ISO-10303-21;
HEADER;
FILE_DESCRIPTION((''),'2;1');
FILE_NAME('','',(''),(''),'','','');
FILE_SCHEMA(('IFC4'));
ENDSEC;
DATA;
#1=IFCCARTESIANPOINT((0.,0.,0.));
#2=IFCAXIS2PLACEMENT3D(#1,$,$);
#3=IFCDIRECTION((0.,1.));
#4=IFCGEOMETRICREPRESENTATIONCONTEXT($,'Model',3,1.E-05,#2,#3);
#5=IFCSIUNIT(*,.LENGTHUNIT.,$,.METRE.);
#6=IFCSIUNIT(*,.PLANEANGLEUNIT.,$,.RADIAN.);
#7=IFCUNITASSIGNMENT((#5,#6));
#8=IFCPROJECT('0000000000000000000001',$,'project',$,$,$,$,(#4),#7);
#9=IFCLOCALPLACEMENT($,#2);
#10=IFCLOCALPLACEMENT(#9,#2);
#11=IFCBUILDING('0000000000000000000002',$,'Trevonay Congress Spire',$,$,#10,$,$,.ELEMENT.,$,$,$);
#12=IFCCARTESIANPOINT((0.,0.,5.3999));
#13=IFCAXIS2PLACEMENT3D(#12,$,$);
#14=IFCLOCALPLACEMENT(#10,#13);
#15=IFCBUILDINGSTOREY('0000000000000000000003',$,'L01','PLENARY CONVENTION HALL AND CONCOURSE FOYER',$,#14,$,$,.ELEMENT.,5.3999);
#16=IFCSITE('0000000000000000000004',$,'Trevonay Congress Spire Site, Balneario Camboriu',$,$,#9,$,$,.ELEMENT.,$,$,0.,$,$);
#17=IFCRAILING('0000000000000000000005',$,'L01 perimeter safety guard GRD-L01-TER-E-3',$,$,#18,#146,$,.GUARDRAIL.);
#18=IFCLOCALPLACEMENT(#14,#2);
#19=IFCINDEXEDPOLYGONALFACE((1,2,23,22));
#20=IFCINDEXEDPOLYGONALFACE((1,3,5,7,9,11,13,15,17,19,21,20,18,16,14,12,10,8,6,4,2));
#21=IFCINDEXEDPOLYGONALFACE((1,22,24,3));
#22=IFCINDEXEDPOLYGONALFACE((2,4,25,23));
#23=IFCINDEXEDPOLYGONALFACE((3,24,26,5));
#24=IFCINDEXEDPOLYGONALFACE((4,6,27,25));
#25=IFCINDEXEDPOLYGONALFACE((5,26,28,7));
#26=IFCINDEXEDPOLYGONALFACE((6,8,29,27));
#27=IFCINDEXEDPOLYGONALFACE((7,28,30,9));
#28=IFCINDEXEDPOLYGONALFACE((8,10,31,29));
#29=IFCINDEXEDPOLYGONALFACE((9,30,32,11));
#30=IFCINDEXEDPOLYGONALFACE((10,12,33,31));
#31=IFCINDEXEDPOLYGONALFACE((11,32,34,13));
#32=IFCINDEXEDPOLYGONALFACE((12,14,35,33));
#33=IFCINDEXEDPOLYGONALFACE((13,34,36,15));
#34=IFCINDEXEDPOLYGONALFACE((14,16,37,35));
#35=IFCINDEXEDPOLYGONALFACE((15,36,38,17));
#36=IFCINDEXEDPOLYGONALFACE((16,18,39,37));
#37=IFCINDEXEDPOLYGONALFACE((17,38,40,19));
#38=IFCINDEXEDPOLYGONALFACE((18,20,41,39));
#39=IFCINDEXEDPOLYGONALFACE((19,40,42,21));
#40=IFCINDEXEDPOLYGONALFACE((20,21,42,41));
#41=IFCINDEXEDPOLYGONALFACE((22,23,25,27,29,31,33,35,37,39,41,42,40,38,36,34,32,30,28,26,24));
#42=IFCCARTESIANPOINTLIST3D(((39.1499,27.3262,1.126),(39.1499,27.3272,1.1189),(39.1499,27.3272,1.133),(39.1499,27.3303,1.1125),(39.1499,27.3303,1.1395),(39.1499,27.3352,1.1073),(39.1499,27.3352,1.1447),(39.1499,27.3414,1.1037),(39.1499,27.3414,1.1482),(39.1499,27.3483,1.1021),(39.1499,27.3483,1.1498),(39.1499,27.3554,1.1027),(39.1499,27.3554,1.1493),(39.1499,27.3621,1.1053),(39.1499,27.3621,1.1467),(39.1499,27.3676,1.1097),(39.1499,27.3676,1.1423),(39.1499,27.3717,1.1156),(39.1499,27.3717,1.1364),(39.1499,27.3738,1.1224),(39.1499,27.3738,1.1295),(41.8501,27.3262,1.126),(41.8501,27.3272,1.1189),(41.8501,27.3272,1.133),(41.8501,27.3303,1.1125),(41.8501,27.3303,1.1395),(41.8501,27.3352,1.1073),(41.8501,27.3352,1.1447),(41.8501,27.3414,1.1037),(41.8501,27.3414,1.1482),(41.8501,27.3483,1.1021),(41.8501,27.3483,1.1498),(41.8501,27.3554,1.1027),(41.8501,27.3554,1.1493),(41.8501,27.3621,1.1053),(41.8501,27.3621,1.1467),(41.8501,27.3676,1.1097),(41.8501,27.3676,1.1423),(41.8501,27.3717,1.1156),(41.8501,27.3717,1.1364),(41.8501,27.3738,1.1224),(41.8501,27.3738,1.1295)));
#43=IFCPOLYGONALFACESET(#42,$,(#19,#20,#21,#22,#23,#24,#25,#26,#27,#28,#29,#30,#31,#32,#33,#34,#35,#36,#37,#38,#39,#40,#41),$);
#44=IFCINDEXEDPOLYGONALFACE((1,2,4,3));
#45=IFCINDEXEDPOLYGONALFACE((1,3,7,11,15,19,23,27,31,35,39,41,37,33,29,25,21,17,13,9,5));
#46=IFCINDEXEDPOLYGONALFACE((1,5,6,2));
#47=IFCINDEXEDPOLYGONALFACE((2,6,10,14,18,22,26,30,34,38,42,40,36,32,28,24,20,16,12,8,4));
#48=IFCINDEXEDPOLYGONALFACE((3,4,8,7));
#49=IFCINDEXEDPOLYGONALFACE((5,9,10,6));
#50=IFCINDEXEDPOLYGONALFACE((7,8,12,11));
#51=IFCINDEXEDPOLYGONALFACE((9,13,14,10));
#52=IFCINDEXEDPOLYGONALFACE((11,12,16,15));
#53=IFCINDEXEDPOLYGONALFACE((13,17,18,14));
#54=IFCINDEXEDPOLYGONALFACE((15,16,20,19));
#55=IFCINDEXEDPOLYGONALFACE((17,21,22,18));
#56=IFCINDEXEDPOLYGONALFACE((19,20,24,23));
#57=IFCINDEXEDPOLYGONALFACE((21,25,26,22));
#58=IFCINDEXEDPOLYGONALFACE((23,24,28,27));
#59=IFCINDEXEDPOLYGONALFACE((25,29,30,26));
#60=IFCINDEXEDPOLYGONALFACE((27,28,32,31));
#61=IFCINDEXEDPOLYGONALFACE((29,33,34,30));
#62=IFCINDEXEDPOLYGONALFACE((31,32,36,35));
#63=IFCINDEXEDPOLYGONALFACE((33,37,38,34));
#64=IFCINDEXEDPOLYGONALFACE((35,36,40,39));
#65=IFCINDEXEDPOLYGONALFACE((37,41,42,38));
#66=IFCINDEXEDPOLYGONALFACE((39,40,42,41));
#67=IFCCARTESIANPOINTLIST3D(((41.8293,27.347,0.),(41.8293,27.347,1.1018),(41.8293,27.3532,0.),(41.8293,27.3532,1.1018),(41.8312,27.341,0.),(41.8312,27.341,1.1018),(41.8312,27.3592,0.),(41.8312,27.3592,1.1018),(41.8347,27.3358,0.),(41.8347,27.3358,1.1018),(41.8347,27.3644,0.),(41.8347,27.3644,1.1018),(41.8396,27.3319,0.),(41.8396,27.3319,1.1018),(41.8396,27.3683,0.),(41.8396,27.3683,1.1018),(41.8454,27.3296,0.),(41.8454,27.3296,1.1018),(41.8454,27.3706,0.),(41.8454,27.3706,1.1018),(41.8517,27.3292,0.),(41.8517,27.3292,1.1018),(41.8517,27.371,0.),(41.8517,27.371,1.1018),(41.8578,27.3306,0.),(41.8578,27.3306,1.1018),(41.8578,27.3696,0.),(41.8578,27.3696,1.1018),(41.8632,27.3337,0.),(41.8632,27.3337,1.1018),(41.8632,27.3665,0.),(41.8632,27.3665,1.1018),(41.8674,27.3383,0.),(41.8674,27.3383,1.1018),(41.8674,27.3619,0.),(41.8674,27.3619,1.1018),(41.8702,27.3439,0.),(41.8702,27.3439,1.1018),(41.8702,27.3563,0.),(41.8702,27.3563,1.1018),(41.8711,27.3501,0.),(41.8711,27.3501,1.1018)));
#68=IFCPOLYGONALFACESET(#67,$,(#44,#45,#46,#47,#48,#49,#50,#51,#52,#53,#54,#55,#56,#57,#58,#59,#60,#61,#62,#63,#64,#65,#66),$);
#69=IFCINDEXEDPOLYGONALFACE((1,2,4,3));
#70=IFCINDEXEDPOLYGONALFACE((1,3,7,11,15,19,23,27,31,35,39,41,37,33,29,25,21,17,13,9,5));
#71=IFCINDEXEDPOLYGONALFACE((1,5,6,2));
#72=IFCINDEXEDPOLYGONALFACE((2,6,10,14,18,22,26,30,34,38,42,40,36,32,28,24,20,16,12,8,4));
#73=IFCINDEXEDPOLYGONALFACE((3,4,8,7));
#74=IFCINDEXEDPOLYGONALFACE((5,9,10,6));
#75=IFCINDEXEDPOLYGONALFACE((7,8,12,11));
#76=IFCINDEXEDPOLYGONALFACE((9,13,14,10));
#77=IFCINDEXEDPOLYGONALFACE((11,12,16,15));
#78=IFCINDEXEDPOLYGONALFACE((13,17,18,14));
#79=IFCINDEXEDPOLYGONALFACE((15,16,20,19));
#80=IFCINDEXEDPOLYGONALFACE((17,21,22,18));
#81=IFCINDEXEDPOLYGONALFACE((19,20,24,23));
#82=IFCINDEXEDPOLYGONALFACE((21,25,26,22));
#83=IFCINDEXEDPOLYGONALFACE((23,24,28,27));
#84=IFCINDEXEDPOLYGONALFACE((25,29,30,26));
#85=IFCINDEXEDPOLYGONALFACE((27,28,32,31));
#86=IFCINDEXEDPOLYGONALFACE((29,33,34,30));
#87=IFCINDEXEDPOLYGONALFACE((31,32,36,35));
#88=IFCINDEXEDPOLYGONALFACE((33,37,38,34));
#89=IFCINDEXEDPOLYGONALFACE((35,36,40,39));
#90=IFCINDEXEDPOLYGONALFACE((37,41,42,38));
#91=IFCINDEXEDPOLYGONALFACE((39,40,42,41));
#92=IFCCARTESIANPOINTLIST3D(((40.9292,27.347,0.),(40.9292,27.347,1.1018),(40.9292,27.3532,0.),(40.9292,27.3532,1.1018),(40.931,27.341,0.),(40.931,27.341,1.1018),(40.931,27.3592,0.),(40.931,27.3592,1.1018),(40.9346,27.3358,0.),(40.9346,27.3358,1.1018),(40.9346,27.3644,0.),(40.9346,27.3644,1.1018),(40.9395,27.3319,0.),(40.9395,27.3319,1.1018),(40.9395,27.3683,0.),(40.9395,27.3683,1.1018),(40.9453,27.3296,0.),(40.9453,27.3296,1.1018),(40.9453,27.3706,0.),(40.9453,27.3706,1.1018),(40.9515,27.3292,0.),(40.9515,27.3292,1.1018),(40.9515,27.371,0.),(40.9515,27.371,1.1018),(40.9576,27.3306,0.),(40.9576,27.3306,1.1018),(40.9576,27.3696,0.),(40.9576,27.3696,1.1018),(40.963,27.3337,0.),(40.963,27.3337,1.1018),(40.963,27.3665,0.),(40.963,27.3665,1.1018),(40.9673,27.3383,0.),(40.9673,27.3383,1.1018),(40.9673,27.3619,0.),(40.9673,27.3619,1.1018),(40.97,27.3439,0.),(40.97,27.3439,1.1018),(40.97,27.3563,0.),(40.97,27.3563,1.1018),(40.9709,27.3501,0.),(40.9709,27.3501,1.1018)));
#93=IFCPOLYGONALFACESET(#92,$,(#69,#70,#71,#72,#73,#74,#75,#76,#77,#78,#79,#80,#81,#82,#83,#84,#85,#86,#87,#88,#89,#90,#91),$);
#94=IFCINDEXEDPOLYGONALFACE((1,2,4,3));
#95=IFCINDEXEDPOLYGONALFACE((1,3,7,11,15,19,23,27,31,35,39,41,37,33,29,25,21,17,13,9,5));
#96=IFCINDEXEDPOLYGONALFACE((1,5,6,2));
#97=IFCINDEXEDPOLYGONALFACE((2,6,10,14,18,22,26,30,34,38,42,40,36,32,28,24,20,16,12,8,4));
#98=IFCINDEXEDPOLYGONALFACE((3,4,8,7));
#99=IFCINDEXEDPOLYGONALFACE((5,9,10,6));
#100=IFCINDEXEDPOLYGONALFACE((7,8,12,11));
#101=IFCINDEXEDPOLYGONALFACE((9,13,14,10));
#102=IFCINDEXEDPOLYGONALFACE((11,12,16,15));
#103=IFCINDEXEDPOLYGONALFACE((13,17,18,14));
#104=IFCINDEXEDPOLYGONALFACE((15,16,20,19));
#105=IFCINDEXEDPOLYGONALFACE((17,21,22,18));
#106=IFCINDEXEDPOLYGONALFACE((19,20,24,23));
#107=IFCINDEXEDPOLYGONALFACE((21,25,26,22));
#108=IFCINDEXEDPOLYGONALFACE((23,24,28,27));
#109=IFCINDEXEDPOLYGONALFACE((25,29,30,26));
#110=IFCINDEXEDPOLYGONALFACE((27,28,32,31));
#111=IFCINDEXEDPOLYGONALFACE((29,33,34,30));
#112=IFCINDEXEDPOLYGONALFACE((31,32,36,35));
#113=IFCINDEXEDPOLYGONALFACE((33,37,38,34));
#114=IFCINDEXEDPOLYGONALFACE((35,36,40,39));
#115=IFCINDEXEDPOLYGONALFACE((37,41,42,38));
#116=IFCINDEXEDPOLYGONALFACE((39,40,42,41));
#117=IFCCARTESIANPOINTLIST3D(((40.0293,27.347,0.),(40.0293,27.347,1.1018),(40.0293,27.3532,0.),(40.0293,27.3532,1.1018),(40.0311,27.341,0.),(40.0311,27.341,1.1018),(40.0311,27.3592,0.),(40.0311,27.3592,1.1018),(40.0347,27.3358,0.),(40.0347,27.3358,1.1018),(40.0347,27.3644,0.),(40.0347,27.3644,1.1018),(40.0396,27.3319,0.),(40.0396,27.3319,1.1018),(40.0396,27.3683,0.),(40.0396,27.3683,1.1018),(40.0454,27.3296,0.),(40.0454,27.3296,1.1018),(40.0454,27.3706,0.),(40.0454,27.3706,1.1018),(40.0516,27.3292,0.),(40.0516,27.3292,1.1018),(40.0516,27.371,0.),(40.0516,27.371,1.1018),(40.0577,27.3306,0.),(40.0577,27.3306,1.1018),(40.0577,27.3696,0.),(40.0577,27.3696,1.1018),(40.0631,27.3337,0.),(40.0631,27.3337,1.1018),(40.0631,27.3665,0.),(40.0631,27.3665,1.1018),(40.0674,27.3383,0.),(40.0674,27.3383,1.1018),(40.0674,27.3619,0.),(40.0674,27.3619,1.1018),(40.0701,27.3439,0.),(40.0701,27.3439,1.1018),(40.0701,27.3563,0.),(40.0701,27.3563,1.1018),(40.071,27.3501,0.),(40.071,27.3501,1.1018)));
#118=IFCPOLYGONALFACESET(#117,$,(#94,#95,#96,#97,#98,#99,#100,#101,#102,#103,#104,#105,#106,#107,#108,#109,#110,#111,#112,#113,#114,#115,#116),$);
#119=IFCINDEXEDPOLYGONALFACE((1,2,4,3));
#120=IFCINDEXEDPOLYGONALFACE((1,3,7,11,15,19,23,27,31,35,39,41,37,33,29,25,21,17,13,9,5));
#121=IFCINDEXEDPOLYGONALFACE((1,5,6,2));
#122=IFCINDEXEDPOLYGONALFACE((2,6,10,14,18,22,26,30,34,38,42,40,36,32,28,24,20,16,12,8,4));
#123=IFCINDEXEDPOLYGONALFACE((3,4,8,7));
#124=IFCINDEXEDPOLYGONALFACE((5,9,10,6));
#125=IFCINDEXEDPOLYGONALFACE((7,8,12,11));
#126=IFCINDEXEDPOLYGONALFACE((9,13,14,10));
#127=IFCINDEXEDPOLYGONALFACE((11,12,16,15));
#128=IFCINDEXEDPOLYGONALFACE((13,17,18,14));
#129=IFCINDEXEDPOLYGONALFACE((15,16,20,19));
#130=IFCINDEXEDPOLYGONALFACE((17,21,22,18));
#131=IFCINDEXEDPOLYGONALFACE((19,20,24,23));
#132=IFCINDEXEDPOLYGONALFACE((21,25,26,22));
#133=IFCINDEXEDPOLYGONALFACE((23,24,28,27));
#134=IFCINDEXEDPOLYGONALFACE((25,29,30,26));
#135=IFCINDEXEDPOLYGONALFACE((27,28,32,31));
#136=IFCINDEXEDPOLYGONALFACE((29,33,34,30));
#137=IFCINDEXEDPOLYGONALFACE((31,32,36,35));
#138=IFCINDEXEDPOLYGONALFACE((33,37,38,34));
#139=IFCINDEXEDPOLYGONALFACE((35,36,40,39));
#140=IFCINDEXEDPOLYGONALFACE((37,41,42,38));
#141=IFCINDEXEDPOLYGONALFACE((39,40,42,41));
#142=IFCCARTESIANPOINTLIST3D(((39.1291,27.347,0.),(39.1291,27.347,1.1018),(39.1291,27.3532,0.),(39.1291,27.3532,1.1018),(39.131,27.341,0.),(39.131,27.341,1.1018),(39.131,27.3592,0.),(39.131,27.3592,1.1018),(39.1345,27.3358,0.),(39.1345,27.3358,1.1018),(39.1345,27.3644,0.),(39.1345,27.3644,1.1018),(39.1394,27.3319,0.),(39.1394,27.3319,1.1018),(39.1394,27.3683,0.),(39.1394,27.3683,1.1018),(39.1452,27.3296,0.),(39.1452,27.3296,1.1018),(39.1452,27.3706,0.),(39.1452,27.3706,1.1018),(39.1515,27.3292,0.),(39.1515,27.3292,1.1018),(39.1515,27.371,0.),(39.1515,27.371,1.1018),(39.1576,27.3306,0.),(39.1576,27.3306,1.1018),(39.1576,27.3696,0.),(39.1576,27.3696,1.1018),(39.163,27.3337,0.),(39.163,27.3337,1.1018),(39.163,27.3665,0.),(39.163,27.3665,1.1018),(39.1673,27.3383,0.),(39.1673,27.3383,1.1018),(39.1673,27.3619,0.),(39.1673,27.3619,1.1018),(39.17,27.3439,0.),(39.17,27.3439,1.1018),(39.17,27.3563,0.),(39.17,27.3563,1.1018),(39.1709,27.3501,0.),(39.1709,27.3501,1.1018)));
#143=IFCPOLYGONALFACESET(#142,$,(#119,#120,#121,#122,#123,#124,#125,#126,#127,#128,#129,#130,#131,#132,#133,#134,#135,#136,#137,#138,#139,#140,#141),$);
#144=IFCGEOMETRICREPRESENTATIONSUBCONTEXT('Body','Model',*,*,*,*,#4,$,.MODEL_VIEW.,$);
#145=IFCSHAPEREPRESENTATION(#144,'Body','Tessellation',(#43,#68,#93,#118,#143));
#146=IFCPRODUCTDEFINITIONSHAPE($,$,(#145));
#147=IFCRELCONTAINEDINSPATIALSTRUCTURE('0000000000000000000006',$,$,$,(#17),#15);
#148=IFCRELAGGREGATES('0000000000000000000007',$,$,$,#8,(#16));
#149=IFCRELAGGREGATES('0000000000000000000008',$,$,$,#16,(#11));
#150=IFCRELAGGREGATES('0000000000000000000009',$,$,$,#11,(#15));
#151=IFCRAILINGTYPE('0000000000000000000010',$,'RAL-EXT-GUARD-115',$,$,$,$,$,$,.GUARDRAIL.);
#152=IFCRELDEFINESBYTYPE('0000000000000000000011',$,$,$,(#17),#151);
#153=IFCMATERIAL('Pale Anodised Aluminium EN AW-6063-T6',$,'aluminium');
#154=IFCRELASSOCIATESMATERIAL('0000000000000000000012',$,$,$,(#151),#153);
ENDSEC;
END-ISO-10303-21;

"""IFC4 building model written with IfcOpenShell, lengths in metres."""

from ifc_helpers import new_model, si_unit, direction, frame, origin, origin_2d, place, context, subcontext, project, spatial, circle, extrude, material, type_object, element, save


model = new_model("IFC4")

# Units and contexts
model_context = context("Model", 3, precision=1e-05, world=origin(), true_north=direction((0.0, 1.0)))
body_context = subcontext(model_context, "Body", "Model", "MODEL_VIEW")
ifc_project = project(units=[si_unit("LENGTHUNIT", "METRE"), si_unit("PLANEANGLEUNIT", "RADIAN")], contexts=[model_context])

# Site, building, storey
site_placement = place(None, origin())
site = spatial("IfcSite", under=ifc_project, at=site_placement, Name="Trevonay Congress Spire Site, Balneario Camboriu", CompositionType="ELEMENT", RefElevation=0.0)
building_placement = place(site_placement, origin())
building = spatial("IfcBuilding", under=site, at=building_placement, Name="Trevonay Congress Spire", CompositionType="ELEMENT")
storey_placement = place(building_placement, frame((0.0, 0.0, 5.3999)))
storey = spatial("IfcBuildingStorey", under=building, at=storey_placement, Name="L01", Description="PLENARY CONVENTION HALL AND CONCOURSE FOYER", CompositionType="ELEMENT", Elevation=5.3999)

# Shared definitions
ifc_material_1 = material(Name="Pale Anodised Aluminium EN AW-6063-T6", Category="aluminium")

# Railing
railing_type_1 = type_object("IfcRailingType", Name="RAL-EXT-GUARD-115", PredefinedType="GUARDRAIL", material=ifc_material_1)
railing_1_placement = place(storey_placement, frame((41.8501, 27.3501, 0.0)))
element("IfcRailing", 1, at=railing_1_placement, inside=storey, type_object=railing_type_1, Name="L01 perimeter safety guard GRD-L01-TER-E-3", PredefinedType="GUARDRAIL", context=body_context, shape_type="SweptSolid", body=[
    extrude(circle(Radius=0.0239, at=origin_2d()), frame((0.0, 0.0, 1.126), z_axis=(-1.0, 0.0, 0.0), x_axis=(0.0, -1.0, 0.0)), (0.0, 0.0, 1.0), 2.7002),
    extrude(circle(Radius=0.021, at=origin_2d()), origin(), (0.0, 0.0, 1.0), 1.1018),
    extrude(circle(Radius=0.021, at=origin_2d()), frame((-0.9001, 0.0, 0.0)), (0.0, 0.0, 1.0), 1.1018),
    extrude(circle(Radius=0.021, at=origin_2d()), frame((-1.8, 0.0, 0.0)), (0.0, 0.0, 1.0), 1.1018),
    extrude(circle(Radius=0.021, at=origin_2d()), frame((-2.7002, 0.0, 0.0)), (0.0, 0.0, 1.0), 1.1018),
])

save(model, "model.ifc")
